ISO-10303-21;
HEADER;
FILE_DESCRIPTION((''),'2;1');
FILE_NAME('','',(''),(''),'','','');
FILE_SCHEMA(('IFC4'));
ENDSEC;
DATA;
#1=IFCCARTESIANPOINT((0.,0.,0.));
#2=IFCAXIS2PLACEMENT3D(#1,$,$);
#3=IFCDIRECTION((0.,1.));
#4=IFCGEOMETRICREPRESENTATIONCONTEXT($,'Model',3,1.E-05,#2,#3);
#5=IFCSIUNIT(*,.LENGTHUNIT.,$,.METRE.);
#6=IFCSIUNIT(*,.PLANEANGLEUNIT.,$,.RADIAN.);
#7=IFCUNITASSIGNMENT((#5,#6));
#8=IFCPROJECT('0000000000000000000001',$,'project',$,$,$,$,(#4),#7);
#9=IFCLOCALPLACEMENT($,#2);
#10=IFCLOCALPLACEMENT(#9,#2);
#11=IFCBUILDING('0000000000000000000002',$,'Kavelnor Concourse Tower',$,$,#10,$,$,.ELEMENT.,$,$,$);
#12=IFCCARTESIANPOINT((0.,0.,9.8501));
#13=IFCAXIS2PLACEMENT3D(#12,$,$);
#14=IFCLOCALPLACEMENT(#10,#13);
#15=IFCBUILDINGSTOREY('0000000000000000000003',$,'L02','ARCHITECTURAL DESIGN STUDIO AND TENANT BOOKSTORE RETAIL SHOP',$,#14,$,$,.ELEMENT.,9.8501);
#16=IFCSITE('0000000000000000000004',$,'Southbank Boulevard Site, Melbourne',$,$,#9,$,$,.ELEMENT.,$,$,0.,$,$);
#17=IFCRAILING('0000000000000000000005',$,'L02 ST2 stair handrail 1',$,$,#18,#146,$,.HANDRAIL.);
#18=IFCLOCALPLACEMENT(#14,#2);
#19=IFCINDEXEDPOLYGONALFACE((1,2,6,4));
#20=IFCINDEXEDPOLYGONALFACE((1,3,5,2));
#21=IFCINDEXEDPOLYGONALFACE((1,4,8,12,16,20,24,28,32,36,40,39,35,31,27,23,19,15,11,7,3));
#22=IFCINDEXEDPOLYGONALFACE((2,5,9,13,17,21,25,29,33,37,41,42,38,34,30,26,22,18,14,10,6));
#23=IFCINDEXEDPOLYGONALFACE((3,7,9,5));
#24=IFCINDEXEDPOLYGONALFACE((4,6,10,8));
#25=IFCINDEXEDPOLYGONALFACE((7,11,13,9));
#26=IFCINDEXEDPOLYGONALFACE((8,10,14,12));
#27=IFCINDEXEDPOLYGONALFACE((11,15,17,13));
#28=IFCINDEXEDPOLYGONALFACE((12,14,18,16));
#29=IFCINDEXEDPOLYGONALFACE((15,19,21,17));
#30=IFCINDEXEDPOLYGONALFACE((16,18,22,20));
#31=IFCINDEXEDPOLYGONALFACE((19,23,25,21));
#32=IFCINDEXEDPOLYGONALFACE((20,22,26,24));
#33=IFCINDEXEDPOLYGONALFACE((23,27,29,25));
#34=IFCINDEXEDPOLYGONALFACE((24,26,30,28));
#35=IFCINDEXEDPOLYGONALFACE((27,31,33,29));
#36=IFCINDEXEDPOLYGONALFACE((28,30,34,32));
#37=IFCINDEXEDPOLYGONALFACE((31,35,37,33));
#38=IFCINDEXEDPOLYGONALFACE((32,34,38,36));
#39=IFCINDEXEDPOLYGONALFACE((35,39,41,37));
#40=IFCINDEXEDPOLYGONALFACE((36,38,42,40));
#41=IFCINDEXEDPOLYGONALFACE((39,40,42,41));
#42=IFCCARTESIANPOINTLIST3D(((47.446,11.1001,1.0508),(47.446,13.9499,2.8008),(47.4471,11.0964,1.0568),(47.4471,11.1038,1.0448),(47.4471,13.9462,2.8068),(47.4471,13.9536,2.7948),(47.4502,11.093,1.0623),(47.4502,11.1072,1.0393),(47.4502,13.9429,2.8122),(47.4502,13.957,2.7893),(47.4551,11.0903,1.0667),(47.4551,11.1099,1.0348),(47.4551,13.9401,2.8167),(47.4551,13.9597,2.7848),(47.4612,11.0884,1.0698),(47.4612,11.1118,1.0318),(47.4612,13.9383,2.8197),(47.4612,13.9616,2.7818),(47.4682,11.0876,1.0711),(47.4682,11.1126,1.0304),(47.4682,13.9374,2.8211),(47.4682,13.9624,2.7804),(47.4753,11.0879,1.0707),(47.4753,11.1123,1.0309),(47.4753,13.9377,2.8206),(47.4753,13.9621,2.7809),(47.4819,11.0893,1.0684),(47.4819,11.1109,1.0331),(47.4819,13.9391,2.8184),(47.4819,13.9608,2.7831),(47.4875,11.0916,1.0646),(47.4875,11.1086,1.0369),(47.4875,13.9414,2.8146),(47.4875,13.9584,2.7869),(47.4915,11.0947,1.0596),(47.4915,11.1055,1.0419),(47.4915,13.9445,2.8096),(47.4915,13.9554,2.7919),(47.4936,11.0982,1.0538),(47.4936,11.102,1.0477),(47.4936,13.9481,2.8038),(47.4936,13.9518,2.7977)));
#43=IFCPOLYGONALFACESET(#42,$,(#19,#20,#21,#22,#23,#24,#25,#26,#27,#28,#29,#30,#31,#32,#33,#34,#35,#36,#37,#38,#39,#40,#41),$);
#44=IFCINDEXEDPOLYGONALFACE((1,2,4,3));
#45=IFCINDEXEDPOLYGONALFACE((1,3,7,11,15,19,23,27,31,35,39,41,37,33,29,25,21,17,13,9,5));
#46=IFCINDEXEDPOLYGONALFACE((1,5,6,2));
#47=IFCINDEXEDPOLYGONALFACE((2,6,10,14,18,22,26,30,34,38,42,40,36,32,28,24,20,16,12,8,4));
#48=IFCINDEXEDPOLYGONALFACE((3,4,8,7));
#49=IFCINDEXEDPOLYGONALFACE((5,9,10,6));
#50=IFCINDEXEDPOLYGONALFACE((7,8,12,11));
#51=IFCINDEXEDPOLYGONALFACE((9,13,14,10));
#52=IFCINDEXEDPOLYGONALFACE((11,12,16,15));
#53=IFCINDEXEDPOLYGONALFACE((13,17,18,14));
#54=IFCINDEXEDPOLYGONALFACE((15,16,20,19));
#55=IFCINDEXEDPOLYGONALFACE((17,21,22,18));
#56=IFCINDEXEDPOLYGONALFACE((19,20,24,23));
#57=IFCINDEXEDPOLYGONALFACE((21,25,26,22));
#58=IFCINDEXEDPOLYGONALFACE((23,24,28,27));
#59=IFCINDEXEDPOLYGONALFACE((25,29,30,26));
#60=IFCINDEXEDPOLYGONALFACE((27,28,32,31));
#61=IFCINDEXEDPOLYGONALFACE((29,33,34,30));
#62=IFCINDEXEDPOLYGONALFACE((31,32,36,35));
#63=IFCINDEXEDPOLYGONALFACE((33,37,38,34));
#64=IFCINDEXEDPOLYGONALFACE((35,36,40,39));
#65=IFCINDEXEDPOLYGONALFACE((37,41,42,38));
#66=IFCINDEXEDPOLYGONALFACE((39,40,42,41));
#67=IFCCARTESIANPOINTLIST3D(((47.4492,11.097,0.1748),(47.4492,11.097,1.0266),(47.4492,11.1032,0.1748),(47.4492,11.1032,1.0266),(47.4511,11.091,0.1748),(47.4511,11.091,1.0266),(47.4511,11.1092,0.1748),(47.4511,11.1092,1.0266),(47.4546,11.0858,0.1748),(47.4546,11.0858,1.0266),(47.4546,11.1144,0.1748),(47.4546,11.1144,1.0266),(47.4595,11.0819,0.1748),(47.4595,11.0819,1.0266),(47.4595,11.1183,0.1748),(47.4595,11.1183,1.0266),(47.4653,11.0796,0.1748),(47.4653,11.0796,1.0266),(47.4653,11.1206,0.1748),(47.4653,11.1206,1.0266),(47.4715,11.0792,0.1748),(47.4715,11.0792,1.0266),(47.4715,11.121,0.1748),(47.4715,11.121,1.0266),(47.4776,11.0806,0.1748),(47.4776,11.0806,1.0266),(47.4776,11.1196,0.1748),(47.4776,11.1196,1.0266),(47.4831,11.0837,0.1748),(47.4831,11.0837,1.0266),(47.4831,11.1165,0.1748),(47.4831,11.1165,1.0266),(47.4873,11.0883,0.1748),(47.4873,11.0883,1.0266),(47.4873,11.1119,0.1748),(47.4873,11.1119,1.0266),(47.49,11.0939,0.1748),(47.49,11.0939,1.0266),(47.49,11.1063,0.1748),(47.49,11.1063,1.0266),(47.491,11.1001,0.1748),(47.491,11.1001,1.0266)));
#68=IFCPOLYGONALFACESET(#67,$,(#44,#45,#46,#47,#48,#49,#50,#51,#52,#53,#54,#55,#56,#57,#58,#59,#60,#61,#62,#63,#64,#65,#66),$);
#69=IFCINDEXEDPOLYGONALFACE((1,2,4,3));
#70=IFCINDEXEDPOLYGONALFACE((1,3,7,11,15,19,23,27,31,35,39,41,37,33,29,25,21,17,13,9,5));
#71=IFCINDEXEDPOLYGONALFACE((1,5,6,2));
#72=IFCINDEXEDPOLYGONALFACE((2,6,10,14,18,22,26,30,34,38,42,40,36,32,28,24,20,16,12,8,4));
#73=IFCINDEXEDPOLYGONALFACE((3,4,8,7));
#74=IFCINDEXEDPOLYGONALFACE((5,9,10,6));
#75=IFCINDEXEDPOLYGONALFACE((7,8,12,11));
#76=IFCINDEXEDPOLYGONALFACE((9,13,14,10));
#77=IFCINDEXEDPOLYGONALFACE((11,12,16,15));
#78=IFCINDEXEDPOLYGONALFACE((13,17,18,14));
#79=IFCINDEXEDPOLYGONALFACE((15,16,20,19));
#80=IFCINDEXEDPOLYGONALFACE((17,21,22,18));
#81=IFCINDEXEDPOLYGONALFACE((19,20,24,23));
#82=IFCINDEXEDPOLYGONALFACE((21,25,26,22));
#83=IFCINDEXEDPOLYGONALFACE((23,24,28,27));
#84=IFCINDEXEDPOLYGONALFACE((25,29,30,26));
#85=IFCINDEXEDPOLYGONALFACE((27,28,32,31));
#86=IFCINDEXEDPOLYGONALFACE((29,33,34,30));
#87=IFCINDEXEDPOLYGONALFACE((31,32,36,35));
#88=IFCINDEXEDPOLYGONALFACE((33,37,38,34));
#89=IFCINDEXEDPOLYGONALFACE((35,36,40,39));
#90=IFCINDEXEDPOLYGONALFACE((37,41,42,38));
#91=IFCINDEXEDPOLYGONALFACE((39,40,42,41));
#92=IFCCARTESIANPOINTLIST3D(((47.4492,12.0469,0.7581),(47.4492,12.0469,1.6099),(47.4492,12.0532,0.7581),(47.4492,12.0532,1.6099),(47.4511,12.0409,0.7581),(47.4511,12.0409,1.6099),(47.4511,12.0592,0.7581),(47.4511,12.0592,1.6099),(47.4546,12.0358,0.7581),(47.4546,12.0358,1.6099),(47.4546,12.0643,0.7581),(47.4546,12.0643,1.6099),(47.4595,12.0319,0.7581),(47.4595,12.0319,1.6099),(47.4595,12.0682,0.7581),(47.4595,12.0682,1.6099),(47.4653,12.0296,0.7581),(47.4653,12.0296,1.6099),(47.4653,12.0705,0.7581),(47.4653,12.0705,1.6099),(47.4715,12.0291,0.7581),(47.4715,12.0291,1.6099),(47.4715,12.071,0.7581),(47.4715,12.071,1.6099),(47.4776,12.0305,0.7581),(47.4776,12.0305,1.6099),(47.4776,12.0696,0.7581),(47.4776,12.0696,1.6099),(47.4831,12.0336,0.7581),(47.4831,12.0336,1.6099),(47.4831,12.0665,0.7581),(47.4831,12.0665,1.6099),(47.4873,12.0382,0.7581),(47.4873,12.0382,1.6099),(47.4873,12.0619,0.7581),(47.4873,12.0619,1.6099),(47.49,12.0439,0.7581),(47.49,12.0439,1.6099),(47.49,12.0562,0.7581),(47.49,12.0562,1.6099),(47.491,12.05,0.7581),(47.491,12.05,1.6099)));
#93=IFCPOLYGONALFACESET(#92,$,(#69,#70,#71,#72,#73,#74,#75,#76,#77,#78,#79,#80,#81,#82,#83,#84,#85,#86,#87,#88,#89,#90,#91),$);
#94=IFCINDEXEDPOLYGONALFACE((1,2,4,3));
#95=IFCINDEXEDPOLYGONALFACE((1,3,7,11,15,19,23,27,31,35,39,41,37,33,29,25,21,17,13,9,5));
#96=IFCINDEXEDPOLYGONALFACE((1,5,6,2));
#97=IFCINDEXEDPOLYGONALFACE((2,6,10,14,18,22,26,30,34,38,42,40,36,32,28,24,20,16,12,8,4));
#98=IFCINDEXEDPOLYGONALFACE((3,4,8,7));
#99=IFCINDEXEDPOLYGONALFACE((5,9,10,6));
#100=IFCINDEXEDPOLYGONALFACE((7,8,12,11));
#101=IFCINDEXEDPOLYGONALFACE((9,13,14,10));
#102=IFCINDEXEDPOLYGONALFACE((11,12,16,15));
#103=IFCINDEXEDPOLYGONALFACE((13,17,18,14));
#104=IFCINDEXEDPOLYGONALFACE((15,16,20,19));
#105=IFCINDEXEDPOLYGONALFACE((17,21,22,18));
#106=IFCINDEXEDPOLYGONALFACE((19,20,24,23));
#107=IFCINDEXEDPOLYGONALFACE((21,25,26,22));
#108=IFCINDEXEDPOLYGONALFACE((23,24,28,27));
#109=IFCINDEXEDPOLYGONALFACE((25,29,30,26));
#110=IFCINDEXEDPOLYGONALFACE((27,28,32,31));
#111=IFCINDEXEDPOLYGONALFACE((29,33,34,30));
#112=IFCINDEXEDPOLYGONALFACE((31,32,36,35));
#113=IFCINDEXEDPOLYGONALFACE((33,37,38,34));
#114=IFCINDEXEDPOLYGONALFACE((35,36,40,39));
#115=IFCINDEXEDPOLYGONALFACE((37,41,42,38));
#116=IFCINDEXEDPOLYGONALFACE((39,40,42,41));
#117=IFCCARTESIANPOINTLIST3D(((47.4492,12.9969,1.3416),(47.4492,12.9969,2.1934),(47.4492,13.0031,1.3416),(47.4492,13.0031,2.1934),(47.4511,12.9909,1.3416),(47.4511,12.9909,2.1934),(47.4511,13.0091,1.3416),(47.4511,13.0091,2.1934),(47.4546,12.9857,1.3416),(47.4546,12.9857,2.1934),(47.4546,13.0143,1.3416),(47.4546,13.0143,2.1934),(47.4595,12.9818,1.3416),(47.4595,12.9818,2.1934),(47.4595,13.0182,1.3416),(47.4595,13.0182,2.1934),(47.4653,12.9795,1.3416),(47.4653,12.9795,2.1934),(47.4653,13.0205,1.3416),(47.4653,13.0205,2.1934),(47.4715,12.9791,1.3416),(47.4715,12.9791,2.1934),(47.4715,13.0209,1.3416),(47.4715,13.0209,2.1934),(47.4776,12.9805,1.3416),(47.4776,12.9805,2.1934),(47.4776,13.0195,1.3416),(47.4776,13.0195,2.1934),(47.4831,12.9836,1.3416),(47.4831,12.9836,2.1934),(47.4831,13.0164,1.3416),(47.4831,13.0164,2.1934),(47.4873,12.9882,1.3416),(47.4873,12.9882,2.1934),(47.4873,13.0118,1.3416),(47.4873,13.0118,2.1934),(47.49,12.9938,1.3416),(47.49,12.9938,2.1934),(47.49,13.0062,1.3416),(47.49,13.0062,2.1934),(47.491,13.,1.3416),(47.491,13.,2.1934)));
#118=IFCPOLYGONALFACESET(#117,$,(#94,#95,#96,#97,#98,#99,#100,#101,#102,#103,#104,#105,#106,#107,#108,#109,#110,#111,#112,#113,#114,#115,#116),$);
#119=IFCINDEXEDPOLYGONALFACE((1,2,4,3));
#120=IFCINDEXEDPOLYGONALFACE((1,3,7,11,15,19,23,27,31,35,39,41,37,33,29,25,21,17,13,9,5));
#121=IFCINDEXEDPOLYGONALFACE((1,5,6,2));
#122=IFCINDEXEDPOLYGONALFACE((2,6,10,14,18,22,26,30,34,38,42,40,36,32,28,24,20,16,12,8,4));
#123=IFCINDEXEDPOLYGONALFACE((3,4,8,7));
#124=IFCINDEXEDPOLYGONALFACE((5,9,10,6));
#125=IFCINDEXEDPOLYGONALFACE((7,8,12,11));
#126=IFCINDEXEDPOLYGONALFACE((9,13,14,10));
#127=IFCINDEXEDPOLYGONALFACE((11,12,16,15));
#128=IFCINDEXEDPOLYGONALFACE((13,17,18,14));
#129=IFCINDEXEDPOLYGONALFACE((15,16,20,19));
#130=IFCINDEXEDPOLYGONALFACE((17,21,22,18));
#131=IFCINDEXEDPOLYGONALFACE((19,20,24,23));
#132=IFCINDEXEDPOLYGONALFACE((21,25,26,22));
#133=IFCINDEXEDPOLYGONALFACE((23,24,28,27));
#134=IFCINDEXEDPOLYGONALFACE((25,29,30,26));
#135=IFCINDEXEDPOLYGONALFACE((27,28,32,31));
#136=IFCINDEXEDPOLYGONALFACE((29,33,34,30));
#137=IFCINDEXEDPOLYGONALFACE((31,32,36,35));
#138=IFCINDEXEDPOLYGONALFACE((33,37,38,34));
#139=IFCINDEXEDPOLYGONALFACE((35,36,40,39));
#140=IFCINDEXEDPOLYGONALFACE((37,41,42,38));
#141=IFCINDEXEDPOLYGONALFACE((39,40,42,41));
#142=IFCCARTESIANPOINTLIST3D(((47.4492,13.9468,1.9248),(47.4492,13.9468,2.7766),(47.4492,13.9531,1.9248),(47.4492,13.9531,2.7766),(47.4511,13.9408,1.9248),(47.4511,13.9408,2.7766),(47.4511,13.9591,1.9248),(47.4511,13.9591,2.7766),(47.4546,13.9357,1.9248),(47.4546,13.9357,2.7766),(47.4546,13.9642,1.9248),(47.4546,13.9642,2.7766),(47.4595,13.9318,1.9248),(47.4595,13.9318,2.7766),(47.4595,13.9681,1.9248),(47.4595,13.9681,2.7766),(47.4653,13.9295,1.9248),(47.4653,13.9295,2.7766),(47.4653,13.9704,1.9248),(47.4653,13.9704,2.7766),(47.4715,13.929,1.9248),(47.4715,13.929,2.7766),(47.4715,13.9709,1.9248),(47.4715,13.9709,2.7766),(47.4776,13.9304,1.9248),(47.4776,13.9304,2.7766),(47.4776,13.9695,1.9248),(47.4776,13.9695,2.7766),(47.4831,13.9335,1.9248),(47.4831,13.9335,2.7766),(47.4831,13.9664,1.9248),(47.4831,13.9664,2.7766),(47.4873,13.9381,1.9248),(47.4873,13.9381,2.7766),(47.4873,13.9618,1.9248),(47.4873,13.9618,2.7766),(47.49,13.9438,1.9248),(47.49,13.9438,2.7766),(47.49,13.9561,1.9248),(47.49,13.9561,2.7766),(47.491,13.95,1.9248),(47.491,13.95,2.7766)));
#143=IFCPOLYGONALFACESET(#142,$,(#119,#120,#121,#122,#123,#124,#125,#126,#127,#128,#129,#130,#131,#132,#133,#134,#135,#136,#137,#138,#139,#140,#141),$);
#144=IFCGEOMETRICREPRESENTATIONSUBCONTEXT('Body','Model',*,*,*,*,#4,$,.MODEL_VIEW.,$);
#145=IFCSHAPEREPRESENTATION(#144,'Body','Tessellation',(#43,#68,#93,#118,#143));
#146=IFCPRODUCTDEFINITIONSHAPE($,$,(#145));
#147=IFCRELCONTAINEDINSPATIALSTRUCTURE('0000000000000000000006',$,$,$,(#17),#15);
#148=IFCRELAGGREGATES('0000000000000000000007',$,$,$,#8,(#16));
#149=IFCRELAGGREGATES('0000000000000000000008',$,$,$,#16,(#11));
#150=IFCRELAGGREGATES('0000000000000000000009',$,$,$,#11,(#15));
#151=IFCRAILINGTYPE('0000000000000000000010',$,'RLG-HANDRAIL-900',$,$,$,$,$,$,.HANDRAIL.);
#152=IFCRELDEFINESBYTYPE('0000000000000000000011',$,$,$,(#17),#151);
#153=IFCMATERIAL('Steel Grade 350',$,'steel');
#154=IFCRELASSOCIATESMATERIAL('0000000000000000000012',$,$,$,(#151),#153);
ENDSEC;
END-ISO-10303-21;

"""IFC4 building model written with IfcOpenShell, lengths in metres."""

from ifc_helpers import new_model, si_unit, direction, frame, origin, origin_2d, place, context, subcontext, project, spatial, circle, extrude, material, type_object, element, save


model = new_model("IFC4")

# Units and contexts
model_context = context("Model", 3, precision=1e-05, world=origin(), true_north=direction((0.0, 1.0)))
body_context = subcontext(model_context, "Body", "Model", "MODEL_VIEW")
ifc_project = project(units=[si_unit("LENGTHUNIT", "METRE"), si_unit("PLANEANGLEUNIT", "RADIAN")], contexts=[model_context])

# Site, building, storey
site_placement = place(None, origin())
site = spatial("IfcSite", under=ifc_project, at=site_placement, Name="Southbank Boulevard Site, Melbourne", CompositionType="ELEMENT", RefElevation=0.0)
building_placement = place(site_placement, origin())
building = spatial("IfcBuilding", under=site, at=building_placement, Name="Kavelnor Concourse Tower", CompositionType="ELEMENT")
storey_placement = place(building_placement, frame((0.0, 0.0, 9.8501)))
storey = spatial("IfcBuildingStorey", under=building, at=storey_placement, Name="L02", Description="ARCHITECTURAL DESIGN STUDIO AND TENANT BOOKSTORE RETAIL SHOP", CompositionType="ELEMENT", Elevation=9.8501)

# Shared definitions
ifc_material_1 = material(Name="Steel Grade 350", Category="steel")

# Railing
railing_type_1 = type_object("IfcRailingType", Name="RLG-HANDRAIL-900", PredefinedType="HANDRAIL", material=ifc_material_1)
railing_1_placement = place(storey_placement, frame((47.47, 11.1001, 0.1748)))
element("IfcRailing", 1, at=railing_1_placement, inside=storey, type_object=railing_type_1, Name="L02 ST2 stair handrail 1", PredefinedType="HANDRAIL", context=body_context, shape_type="SweptSolid", body=[
    extrude(circle(Radius=0.0239, at=origin_2d()), frame((0.0, 0.0, 0.876), z_axis=(0.0, 0.852159, 0.523283), x_axis=(-1.0, 0.0, 0.0)), (0.0, 0.0, 1.0), 3.3442),
    extrude(circle(Radius=0.021, at=origin_2d()), origin(), (0.0, 0.0, 1.0), 0.8518),
    extrude(circle(Radius=0.021, at=origin_2d()), frame((0.0, 0.95, 0.5833)), (0.0, 0.0, 1.0), 0.8518),
    extrude(circle(Radius=0.021, at=origin_2d()), frame((0.0, 1.8999, 1.1667)), (0.0, 0.0, 1.0), 0.8518),
    extrude(circle(Radius=0.021, at=origin_2d()), frame((0.0, 2.8499, 1.75)), (0.0, 0.0, 1.0), 0.8518),
])

save(model, "model.ifc")
